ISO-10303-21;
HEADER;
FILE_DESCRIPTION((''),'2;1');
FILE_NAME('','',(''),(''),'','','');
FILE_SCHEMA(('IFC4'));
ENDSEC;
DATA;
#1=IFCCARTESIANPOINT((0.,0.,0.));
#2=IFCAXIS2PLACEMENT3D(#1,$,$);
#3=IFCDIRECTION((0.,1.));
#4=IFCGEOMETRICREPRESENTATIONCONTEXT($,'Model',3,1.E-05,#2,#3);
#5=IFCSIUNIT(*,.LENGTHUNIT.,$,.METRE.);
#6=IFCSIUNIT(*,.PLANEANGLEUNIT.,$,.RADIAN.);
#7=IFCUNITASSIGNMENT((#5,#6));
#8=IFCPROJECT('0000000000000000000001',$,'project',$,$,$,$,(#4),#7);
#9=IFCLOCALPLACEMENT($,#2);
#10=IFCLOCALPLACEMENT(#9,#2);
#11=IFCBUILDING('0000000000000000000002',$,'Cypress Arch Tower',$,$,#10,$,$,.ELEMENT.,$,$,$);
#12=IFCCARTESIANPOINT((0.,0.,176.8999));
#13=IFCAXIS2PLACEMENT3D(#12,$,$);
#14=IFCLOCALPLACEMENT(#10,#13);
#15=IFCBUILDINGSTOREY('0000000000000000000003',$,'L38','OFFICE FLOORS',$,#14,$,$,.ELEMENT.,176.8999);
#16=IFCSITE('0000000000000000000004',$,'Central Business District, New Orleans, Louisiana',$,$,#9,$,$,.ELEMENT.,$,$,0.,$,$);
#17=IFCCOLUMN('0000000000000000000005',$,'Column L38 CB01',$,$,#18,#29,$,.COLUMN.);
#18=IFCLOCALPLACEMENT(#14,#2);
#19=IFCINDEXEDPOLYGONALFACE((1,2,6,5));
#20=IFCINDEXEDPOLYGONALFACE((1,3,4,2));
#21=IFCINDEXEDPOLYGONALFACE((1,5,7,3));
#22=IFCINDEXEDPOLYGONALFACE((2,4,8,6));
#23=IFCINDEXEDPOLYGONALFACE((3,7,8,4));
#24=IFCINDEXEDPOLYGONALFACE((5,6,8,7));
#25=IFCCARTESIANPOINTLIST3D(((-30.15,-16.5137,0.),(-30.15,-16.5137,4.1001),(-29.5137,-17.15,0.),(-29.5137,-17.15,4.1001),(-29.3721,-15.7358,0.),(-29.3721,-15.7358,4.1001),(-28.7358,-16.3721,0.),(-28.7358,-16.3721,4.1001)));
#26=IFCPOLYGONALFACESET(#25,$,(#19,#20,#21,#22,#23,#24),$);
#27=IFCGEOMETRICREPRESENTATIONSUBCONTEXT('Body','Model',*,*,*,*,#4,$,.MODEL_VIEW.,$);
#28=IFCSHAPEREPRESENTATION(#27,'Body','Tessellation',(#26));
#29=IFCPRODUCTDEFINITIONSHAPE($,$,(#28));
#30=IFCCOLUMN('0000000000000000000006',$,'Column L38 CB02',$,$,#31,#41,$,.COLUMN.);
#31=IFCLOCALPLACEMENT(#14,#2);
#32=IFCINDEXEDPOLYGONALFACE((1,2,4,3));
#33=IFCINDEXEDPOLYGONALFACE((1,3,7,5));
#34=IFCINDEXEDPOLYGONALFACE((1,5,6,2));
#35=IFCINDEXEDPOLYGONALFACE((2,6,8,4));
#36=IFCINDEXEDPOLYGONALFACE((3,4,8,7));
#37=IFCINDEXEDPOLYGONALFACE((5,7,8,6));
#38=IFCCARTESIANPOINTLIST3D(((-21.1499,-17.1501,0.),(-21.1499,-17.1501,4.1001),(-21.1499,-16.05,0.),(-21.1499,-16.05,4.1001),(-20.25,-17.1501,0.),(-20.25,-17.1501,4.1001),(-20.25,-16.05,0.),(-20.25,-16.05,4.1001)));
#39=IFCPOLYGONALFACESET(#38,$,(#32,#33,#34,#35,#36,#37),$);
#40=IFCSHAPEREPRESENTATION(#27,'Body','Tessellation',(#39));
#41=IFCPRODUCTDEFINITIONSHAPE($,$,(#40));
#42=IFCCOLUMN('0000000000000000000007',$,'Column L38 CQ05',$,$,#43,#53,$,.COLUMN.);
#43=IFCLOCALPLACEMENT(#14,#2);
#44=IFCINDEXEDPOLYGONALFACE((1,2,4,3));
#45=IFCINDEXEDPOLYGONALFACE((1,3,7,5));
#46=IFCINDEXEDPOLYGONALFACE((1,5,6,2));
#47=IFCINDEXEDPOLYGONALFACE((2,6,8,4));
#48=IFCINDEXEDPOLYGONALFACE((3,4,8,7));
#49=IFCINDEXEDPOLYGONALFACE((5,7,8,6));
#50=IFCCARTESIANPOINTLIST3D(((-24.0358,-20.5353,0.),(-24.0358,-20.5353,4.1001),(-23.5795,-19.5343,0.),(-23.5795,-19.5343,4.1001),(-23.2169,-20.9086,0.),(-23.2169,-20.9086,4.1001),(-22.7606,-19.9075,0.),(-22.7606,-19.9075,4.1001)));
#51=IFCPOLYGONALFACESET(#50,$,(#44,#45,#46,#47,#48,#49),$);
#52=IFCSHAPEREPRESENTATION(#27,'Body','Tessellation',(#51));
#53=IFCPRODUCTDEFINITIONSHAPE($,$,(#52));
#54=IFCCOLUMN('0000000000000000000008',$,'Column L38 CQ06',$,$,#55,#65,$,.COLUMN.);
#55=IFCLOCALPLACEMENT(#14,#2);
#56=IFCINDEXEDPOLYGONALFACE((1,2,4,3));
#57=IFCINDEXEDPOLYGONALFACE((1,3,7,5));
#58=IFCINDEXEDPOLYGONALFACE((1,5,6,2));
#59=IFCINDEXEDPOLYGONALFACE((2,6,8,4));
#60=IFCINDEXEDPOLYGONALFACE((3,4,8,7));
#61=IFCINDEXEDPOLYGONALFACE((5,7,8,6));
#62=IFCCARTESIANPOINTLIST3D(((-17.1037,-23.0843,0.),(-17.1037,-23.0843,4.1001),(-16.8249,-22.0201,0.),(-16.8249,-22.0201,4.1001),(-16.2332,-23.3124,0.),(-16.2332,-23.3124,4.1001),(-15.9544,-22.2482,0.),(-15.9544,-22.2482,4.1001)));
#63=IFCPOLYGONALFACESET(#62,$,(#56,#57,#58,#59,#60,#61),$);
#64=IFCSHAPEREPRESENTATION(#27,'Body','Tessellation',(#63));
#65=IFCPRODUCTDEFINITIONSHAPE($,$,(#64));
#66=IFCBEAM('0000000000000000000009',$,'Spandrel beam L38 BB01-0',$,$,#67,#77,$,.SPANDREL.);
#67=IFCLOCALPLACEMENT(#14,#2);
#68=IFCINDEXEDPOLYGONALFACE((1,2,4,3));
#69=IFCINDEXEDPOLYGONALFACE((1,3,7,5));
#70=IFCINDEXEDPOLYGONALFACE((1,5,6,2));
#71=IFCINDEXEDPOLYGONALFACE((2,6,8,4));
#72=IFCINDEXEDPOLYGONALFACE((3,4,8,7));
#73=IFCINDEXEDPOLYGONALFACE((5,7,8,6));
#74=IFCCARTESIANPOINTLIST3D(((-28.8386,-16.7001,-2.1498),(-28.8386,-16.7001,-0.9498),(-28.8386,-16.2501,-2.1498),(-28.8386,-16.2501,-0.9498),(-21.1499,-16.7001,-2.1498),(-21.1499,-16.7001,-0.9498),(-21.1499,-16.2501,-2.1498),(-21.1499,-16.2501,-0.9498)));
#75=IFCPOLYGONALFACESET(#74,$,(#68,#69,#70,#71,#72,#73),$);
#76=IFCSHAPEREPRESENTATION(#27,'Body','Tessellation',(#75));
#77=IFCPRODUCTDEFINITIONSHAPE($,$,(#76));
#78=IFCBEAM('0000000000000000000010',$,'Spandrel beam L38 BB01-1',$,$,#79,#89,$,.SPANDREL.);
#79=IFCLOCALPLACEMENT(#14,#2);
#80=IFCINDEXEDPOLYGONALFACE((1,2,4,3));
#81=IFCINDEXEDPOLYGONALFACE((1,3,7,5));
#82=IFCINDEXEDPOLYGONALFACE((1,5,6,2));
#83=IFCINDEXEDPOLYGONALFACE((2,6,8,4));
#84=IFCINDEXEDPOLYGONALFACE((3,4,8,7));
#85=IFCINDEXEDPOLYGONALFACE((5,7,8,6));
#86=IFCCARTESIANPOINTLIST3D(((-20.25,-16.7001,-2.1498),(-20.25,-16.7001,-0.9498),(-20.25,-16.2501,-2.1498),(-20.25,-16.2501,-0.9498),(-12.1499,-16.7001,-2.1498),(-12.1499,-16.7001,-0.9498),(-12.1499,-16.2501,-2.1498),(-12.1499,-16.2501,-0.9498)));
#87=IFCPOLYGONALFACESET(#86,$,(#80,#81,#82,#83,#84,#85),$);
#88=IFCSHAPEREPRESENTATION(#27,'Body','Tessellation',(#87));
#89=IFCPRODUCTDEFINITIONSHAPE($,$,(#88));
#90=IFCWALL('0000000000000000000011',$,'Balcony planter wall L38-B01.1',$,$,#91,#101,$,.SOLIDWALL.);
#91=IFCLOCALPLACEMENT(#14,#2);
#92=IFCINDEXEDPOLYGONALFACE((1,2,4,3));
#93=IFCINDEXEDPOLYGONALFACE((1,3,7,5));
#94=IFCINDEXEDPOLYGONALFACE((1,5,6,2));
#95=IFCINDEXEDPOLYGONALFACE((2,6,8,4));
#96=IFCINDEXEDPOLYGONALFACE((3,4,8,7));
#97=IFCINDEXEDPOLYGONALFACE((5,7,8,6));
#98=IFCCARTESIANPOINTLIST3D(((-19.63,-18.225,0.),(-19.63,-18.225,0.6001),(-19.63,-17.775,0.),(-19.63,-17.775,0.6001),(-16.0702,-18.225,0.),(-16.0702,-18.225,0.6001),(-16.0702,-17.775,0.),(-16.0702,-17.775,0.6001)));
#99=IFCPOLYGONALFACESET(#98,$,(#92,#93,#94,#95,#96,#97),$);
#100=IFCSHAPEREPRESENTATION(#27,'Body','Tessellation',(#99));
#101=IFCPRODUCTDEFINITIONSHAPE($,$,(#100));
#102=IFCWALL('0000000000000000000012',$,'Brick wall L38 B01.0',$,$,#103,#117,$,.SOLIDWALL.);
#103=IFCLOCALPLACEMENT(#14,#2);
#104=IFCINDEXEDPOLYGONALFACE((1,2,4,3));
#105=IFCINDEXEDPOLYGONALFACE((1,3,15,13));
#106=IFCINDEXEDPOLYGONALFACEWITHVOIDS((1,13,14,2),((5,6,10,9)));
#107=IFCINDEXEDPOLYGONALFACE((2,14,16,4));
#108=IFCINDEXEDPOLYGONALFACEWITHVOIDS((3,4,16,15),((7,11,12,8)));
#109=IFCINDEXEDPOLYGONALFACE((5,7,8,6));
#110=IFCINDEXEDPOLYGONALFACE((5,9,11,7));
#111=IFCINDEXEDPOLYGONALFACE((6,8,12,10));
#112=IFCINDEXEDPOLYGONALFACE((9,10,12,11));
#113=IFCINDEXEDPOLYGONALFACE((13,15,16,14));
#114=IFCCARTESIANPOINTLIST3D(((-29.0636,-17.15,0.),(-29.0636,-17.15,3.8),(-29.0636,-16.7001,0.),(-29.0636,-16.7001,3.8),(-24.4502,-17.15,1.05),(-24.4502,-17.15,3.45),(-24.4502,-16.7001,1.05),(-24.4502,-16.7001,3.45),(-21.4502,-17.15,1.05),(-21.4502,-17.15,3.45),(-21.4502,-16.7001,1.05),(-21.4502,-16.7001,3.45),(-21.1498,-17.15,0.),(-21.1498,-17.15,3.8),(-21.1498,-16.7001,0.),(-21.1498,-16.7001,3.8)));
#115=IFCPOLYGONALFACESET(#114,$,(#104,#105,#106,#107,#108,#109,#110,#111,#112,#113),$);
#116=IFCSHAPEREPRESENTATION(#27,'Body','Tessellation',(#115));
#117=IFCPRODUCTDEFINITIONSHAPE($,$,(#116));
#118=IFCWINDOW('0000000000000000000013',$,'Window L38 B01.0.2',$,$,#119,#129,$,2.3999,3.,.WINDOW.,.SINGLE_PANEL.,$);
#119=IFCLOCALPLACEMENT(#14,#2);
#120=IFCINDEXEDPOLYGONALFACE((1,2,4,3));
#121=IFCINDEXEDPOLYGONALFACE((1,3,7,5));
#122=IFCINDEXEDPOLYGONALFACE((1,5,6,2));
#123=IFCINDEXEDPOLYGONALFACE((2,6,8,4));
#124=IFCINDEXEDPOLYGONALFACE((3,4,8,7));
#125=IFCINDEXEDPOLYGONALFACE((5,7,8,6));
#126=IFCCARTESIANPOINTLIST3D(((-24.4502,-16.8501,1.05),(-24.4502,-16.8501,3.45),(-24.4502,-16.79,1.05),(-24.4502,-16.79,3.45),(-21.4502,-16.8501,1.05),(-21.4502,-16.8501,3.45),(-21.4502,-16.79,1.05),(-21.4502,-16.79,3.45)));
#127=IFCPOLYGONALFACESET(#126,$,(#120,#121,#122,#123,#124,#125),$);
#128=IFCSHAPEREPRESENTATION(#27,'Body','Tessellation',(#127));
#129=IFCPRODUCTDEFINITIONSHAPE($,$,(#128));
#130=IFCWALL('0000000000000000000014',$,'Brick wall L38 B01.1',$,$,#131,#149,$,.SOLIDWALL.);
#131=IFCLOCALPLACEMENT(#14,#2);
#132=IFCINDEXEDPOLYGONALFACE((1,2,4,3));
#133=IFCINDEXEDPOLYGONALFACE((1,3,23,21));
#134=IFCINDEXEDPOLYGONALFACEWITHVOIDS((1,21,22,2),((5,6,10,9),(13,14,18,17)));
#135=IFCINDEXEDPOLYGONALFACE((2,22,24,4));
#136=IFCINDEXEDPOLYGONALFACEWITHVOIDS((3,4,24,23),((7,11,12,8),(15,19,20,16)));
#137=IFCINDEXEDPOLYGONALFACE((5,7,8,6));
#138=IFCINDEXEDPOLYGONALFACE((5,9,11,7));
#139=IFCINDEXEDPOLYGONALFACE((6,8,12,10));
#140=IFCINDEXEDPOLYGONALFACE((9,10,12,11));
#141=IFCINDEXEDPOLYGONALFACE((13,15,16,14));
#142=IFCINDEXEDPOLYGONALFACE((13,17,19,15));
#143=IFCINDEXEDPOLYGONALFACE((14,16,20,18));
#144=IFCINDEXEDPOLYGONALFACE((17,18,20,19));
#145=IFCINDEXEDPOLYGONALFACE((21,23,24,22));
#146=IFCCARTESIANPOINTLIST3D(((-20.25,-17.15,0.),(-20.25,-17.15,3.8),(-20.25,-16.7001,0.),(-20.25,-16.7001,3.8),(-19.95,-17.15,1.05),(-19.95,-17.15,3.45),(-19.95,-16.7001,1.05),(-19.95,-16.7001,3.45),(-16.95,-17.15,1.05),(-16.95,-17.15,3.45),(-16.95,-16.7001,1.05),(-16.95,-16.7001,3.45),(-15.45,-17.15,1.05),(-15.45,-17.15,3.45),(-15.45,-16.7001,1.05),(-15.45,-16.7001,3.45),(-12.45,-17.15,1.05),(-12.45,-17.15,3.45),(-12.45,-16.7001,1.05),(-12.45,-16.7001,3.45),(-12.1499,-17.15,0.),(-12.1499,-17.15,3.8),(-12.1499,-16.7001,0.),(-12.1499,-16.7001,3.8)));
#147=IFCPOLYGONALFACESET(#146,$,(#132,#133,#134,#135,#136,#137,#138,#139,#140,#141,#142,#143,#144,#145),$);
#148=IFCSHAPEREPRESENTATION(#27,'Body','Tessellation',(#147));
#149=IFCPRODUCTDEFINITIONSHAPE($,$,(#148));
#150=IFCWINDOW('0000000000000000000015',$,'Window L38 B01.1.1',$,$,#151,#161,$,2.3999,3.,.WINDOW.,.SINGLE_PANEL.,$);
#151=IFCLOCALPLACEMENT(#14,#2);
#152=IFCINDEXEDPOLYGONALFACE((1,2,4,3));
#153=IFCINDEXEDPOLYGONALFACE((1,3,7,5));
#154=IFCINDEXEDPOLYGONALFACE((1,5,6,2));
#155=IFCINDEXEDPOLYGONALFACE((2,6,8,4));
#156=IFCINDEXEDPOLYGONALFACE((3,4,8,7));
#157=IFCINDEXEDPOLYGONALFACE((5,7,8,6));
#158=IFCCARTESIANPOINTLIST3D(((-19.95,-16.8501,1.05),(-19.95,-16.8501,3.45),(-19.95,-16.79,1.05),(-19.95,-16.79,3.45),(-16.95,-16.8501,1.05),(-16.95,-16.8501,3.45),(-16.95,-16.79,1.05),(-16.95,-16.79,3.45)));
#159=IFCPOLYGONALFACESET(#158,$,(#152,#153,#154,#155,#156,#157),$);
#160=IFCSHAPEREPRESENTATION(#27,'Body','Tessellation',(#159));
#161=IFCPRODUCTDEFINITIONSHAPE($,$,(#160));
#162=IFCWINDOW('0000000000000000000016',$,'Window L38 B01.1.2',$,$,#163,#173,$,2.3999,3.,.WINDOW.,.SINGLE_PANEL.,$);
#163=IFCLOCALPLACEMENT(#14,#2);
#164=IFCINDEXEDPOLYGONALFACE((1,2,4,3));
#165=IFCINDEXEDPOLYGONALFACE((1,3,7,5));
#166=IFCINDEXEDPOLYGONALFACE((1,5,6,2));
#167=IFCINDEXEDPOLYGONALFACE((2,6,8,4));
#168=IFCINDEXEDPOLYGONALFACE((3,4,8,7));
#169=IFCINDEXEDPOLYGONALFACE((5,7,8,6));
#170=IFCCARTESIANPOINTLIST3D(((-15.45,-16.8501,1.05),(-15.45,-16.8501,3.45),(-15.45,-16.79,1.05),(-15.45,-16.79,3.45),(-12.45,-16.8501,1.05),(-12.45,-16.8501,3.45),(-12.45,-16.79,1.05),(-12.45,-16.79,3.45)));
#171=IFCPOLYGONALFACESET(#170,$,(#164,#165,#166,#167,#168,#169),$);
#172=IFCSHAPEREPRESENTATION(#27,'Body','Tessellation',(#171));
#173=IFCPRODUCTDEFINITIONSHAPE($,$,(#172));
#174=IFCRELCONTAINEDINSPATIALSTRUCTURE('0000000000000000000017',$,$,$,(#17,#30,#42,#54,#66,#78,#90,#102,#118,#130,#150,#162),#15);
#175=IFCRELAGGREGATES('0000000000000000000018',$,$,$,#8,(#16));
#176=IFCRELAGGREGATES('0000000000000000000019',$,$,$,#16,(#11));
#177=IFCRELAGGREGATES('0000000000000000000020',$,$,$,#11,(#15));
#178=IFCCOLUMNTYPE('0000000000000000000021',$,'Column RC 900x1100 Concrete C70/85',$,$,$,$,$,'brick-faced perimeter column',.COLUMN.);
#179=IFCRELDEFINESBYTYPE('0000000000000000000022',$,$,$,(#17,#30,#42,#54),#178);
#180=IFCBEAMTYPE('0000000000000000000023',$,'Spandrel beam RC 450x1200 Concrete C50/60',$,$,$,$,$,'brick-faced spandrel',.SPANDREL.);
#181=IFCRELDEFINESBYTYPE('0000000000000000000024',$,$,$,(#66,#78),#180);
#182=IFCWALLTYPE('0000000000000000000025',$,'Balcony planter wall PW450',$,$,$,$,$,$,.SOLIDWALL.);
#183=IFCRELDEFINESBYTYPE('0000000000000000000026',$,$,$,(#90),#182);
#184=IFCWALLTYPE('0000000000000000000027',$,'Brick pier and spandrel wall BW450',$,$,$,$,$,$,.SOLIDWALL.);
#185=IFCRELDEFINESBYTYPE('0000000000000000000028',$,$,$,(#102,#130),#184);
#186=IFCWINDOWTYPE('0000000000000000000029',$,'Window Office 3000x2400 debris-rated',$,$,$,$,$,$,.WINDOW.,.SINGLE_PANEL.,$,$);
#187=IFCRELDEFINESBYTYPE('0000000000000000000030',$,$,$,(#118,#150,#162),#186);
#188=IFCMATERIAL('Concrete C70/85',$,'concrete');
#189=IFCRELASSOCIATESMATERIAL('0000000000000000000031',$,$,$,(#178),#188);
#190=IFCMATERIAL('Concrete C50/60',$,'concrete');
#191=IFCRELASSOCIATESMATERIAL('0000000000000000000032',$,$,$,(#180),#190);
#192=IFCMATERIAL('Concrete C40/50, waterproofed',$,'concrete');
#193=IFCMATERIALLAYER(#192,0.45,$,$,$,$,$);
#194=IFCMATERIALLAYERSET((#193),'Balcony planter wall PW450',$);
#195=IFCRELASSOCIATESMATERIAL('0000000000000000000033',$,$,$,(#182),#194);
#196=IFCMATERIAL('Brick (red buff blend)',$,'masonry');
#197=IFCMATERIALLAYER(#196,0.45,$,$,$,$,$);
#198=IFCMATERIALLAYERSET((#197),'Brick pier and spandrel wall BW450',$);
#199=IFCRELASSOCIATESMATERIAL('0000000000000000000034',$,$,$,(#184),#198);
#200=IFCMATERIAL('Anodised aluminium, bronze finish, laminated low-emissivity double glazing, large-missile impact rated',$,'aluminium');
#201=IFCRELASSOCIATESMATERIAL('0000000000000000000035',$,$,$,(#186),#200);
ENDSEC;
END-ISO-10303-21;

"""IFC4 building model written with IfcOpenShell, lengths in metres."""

from ifc_helpers import new_model, si_unit, direction, frame, frame_2d, origin, origin_2d, place, context, subcontext, project, spatial, rectangle, extrude, material, layer, layer_set, material_profile, profile_set, type_object, element, fill, save


model = new_model("IFC4")

# Units and contexts
model_context = context("Model", 3, precision=1e-05, world=origin(), true_north=direction((0.0, 1.0)))
body_context = subcontext(model_context, "Body", "Model", "MODEL_VIEW")
ifc_project = project(units=[si_unit("LENGTHUNIT", "METRE"), si_unit("PLANEANGLEUNIT", "RADIAN")], contexts=[model_context])

# Site, building, storey
site_placement = place(None, origin())
site = spatial("IfcSite", under=ifc_project, at=site_placement, Name="Central Business District, New Orleans, Louisiana", CompositionType="ELEMENT", RefElevation=0.0)
building_placement = place(site_placement, origin())
building = spatial("IfcBuilding", under=site, at=building_placement, Name="Cypress Arch Tower", CompositionType="ELEMENT")
storey_placement = place(building_placement, frame((0.0, 0.0, 176.8999)))
storey = spatial("IfcBuildingStorey", under=building, at=storey_placement, Name="L38", Description="OFFICE FLOORS", CompositionType="ELEMENT", Elevation=176.8999)

# Columns
ifc_material_1 = material(Name="Concrete C70/85", Category="concrete")
ifc_material_profile_1 = material_profile(ifc_material_1, rectangle(XDim=0.8999, YDim=1.1001, at=origin_2d()), Name="RC 900x1100")
ifc_profile_set_1 = profile_set([ifc_material_profile_1], Name="Concrete C70/85")
column_type = type_object("IfcColumnType", Name="Column RC 900x1100 Concrete C70/85", ElementType="brick-faced perimeter column", PredefinedType="COLUMN", material=ifc_profile_set_1)
for number, where, z_axis, x_axis, name in (
    (1, (-29.4429, -16.4429, 0.0), (0.0, 0.0, 1.0), (0.707107, -0.707107, 0.0), "Column L38 CB01"),
    (2, (-20.7, -16.6001, 0.0), (0.0, 0.0, 1.0), (1.0, 0.0, 0.0), "Column L38 CB02"),
    (3, (-23.3982, -20.2214, 0.0), (0.0, 0.0, 1.0), (0.909932, -0.414757, 0.0), "Column L38 CQ05"),
    (4, (-16.5291, -22.6663, 0.0), (0.0, 0.0, 1.0), (0.967356, -0.253422, 0.0), "Column L38 CQ06"),
):
    element("IfcColumn", number, at=place(storey_placement, frame(where, z_axis=z_axis, x_axis=x_axis)), inside=storey, type_object=column_type, Name=name, PredefinedType="COLUMN", context=body_context, shape_type="SweptSolid", body=[
        extrude(rectangle(XDim=0.8999, YDim=1.1001, at=origin_2d()), origin(), (0.0, 0.0, 1.0), 4.1001),
    ])

# Beams
ifc_material_2 = material(Name="Concrete C50/60", Category="concrete")
ifc_material_profile_2 = material_profile(ifc_material_2, rectangle(XDim=0.45, YDim=1.2, at=origin_2d()), Name="RC 450x1200")
ifc_profile_set_2 = profile_set([ifc_material_profile_2], Name="Concrete C50/60")
beam_type = type_object("IfcBeamType", Name="Spandrel beam RC 450x1200 Concrete C50/60", ElementType="brick-faced spandrel", PredefinedType="SPANDREL", material=ifc_profile_set_2)
beam_1_placement = place(storey_placement, frame((-28.8386, -16.4751, -1.5498), z_axis=(1.0, 0.0, 0.0), x_axis=(0.0, 1.0, 0.0)))
element("IfcBeam", 5, at=beam_1_placement, inside=storey, type_object=beam_type, Name="Spandrel beam L38 BB01-0", PredefinedType="SPANDREL", context=body_context, shape_type="SweptSolid", body=[
    extrude(rectangle(XDim=0.45, YDim=1.2, at=origin_2d()), origin(), (0.0, 0.0, 1.0), 7.6887),
])
beam_2_placement = place(storey_placement, frame((-20.25, -16.4751, -1.5498), z_axis=(1.0, 0.0, 0.0), x_axis=(0.0, 1.0, 0.0)))
element("IfcBeam", 6, at=beam_2_placement, inside=storey, type_object=beam_type, Name="Spandrel beam L38 BB01-1", PredefinedType="SPANDREL", context=body_context, shape_type="SweptSolid", body=[
    extrude(rectangle(XDim=0.45, YDim=1.2, at=origin_2d()), origin(), (0.0, 0.0, 1.0), 8.1001),
])

# Wall
ifc_material_3 = material(Name="Concrete C40/50, waterproofed", Category="concrete")
ifc_layer_1 = layer(ifc_material_3, 0.45)
ifc_layer_set_1 = layer_set([ifc_layer_1], Name="Balcony planter wall PW450")
wall_type_1 = type_object("IfcWallType", Name="Balcony planter wall PW450", PredefinedType="SOLIDWALL", material=ifc_layer_set_1)
wall_1_placement = place(storey_placement, frame((-19.6299, -18.0, 0.0), z_axis=(0.0, 0.0, 1.0), x_axis=(1.0, 0.0, 0.0)))
element("IfcWall", 7, at=wall_1_placement, inside=storey, type_object=wall_type_1, Name="Balcony planter wall L38-B01.1", PredefinedType="SOLIDWALL", context=body_context, shape_type="SweptSolid", body=[
    extrude(rectangle(XDim=3.5598, YDim=0.45, at=frame_2d((1.7798, 0.0))), origin(), (0.0, 0.0, 1.0), 0.6001),
])

# Wall, opening, window
ifc_material_4 = material(Name="Brick (red buff blend)", Category="masonry")
ifc_layer_2 = layer(ifc_material_4, 0.45)
ifc_layer_set_2 = layer_set([ifc_layer_2], Name="Brick pier and spandrel wall BW450")
wall_type_2 = type_object("IfcWallType", Name="Brick pier and spandrel wall BW450", PredefinedType="SOLIDWALL", material=ifc_layer_set_2)
wall_2_placement = place(storey_placement, frame((-29.0637, -16.925, 0.0), z_axis=(0.0, 0.0, 1.0), x_axis=(1.0, 0.0, 0.0)))
wall_2 = element("IfcWall", 8, at=wall_2_placement, inside=storey, type_object=wall_type_2, Name="Brick wall L38 B01.0", PredefinedType="SOLIDWALL", context=body_context, shape_type="SweptSolid", body=[
    extrude(rectangle(XDim=7.9138, YDim=0.45, at=frame_2d((3.957, 0.0))), origin(), (0.0, 0.0, 1.0), 3.8),
])
opening_1_placement = place(wall_2_placement, frame((4.6135, 0.0, 1.05)))
opening_1 = element("IfcOpeningElement", 9, at=opening_1_placement, cuts=wall_2, PredefinedType="OPENING", context=body_context, shape_type="SweptSolid", body=[
    extrude(rectangle(XDim=3.0, YDim=2.3999, at=frame_2d((1.5, 1.2))), frame((0.0, 0.2349, 0.0), z_axis=(0.0, -1.0, 0.0), x_axis=(1.0, 0.0, 0.0)), (0.0, 0.0, 1.0), 0.47),
])
ifc_material_5 = material(Name="Anodised aluminium, bronze finish, laminated low-emissivity double glazing, large-missile impact rated", Category="aluminium")
window_type = type_object("IfcWindowType", Name="Window Office 3000x2400 debris-rated", PartitioningType="SINGLE_PANEL", PredefinedType="WINDOW", material=ifc_material_5)
window_1_placement = place(opening_1_placement, origin())
window_1 = element("IfcWindow", 10, at=window_1_placement, inside=storey, type_object=window_type, Name="Window L38 B01.0.2", OverallHeight=2.3999, OverallWidth=3.0, PartitioningType="SINGLE_PANEL", PredefinedType="WINDOW", context=body_context, shape_type="SweptSolid", body=[
    extrude(rectangle(XDim=3.0, YDim=2.3999, at=frame_2d((1.5, 1.2))), frame((0.0, 0.135, 0.0), z_axis=(0.0, -1.0, 0.0), x_axis=(1.0, 0.0, 0.0)), (0.0, 0.0, 1.0), 0.0601),
])
fill(opening_1, window_1)

# Wall, openings, windows
wall_3_placement = place(storey_placement, frame((-20.25, -16.925, 0.0), z_axis=(0.0, 0.0, 1.0), x_axis=(1.0, 0.0, 0.0)))
wall_3 = element("IfcWall", 11, at=wall_3_placement, inside=storey, type_object=wall_type_2, Name="Brick wall L38 B01.1", PredefinedType="SOLIDWALL", context=body_context, shape_type="SweptSolid", body=[
    extrude(rectangle(XDim=8.1001, YDim=0.45, at=frame_2d((4.05, 0.0))), origin(), (0.0, 0.0, 1.0), 3.8),
])
opening_2_placement = place(wall_3_placement, frame((0.3, 0.0, 1.05)))
opening_2 = element("IfcOpeningElement", 12, at=opening_2_placement, cuts=wall_3, PredefinedType="OPENING", context=body_context, shape_type="SweptSolid", body=[
    extrude(rectangle(XDim=3.0, YDim=2.3999, at=frame_2d((1.5, 1.2))), frame((0.0, 0.2349, 0.0), z_axis=(0.0, -1.0, 0.0), x_axis=(1.0, 0.0, 0.0)), (0.0, 0.0, 1.0), 0.47),
])
opening_3_placement = place(wall_3_placement, frame((4.8, 0.0, 1.05)))
opening_3 = element("IfcOpeningElement", 13, at=opening_3_placement, cuts=wall_3, PredefinedType="OPENING", context=body_context, shape_type="SweptSolid", body=[
    extrude(rectangle(XDim=3.0, YDim=2.3999, at=frame_2d((1.5, 1.2))), frame((0.0, 0.2349, 0.0), z_axis=(0.0, -1.0, 0.0), x_axis=(1.0, 0.0, 0.0)), (0.0, 0.0, 1.0), 0.47),
])
window_2_placement = place(opening_2_placement, origin())
window_2 = element("IfcWindow", 14, at=window_2_placement, inside=storey, type_object=window_type, Name="Window L38 B01.1.1", OverallHeight=2.3999, OverallWidth=3.0, PartitioningType="SINGLE_PANEL", PredefinedType="WINDOW", context=body_context, shape_type="SweptSolid", body=[
    extrude(rectangle(XDim=3.0, YDim=2.3999, at=frame_2d((1.5, 1.2))), frame((0.0, 0.135, 0.0), z_axis=(0.0, -1.0, 0.0), x_axis=(1.0, 0.0, 0.0)), (0.0, 0.0, 1.0), 0.0601),
])
fill(opening_2, window_2)
window_3_placement = place(opening_3_placement, origin())
window_3 = element("IfcWindow", 15, at=window_3_placement, inside=storey, type_object=window_type, Name="Window L38 B01.1.2", OverallHeight=2.3999, OverallWidth=3.0, PartitioningType="SINGLE_PANEL", PredefinedType="WINDOW", context=body_context, shape_type="SweptSolid", body=[
    extrude(rectangle(XDim=3.0, YDim=2.3999, at=frame_2d((1.5, 1.2))), frame((0.0, 0.135, 0.0), z_axis=(0.0, -1.0, 0.0), x_axis=(1.0, 0.0, 0.0)), (0.0, 0.0, 1.0), 0.0601),
])
fill(opening_3, window_3)

save(model, "model.ifc")
